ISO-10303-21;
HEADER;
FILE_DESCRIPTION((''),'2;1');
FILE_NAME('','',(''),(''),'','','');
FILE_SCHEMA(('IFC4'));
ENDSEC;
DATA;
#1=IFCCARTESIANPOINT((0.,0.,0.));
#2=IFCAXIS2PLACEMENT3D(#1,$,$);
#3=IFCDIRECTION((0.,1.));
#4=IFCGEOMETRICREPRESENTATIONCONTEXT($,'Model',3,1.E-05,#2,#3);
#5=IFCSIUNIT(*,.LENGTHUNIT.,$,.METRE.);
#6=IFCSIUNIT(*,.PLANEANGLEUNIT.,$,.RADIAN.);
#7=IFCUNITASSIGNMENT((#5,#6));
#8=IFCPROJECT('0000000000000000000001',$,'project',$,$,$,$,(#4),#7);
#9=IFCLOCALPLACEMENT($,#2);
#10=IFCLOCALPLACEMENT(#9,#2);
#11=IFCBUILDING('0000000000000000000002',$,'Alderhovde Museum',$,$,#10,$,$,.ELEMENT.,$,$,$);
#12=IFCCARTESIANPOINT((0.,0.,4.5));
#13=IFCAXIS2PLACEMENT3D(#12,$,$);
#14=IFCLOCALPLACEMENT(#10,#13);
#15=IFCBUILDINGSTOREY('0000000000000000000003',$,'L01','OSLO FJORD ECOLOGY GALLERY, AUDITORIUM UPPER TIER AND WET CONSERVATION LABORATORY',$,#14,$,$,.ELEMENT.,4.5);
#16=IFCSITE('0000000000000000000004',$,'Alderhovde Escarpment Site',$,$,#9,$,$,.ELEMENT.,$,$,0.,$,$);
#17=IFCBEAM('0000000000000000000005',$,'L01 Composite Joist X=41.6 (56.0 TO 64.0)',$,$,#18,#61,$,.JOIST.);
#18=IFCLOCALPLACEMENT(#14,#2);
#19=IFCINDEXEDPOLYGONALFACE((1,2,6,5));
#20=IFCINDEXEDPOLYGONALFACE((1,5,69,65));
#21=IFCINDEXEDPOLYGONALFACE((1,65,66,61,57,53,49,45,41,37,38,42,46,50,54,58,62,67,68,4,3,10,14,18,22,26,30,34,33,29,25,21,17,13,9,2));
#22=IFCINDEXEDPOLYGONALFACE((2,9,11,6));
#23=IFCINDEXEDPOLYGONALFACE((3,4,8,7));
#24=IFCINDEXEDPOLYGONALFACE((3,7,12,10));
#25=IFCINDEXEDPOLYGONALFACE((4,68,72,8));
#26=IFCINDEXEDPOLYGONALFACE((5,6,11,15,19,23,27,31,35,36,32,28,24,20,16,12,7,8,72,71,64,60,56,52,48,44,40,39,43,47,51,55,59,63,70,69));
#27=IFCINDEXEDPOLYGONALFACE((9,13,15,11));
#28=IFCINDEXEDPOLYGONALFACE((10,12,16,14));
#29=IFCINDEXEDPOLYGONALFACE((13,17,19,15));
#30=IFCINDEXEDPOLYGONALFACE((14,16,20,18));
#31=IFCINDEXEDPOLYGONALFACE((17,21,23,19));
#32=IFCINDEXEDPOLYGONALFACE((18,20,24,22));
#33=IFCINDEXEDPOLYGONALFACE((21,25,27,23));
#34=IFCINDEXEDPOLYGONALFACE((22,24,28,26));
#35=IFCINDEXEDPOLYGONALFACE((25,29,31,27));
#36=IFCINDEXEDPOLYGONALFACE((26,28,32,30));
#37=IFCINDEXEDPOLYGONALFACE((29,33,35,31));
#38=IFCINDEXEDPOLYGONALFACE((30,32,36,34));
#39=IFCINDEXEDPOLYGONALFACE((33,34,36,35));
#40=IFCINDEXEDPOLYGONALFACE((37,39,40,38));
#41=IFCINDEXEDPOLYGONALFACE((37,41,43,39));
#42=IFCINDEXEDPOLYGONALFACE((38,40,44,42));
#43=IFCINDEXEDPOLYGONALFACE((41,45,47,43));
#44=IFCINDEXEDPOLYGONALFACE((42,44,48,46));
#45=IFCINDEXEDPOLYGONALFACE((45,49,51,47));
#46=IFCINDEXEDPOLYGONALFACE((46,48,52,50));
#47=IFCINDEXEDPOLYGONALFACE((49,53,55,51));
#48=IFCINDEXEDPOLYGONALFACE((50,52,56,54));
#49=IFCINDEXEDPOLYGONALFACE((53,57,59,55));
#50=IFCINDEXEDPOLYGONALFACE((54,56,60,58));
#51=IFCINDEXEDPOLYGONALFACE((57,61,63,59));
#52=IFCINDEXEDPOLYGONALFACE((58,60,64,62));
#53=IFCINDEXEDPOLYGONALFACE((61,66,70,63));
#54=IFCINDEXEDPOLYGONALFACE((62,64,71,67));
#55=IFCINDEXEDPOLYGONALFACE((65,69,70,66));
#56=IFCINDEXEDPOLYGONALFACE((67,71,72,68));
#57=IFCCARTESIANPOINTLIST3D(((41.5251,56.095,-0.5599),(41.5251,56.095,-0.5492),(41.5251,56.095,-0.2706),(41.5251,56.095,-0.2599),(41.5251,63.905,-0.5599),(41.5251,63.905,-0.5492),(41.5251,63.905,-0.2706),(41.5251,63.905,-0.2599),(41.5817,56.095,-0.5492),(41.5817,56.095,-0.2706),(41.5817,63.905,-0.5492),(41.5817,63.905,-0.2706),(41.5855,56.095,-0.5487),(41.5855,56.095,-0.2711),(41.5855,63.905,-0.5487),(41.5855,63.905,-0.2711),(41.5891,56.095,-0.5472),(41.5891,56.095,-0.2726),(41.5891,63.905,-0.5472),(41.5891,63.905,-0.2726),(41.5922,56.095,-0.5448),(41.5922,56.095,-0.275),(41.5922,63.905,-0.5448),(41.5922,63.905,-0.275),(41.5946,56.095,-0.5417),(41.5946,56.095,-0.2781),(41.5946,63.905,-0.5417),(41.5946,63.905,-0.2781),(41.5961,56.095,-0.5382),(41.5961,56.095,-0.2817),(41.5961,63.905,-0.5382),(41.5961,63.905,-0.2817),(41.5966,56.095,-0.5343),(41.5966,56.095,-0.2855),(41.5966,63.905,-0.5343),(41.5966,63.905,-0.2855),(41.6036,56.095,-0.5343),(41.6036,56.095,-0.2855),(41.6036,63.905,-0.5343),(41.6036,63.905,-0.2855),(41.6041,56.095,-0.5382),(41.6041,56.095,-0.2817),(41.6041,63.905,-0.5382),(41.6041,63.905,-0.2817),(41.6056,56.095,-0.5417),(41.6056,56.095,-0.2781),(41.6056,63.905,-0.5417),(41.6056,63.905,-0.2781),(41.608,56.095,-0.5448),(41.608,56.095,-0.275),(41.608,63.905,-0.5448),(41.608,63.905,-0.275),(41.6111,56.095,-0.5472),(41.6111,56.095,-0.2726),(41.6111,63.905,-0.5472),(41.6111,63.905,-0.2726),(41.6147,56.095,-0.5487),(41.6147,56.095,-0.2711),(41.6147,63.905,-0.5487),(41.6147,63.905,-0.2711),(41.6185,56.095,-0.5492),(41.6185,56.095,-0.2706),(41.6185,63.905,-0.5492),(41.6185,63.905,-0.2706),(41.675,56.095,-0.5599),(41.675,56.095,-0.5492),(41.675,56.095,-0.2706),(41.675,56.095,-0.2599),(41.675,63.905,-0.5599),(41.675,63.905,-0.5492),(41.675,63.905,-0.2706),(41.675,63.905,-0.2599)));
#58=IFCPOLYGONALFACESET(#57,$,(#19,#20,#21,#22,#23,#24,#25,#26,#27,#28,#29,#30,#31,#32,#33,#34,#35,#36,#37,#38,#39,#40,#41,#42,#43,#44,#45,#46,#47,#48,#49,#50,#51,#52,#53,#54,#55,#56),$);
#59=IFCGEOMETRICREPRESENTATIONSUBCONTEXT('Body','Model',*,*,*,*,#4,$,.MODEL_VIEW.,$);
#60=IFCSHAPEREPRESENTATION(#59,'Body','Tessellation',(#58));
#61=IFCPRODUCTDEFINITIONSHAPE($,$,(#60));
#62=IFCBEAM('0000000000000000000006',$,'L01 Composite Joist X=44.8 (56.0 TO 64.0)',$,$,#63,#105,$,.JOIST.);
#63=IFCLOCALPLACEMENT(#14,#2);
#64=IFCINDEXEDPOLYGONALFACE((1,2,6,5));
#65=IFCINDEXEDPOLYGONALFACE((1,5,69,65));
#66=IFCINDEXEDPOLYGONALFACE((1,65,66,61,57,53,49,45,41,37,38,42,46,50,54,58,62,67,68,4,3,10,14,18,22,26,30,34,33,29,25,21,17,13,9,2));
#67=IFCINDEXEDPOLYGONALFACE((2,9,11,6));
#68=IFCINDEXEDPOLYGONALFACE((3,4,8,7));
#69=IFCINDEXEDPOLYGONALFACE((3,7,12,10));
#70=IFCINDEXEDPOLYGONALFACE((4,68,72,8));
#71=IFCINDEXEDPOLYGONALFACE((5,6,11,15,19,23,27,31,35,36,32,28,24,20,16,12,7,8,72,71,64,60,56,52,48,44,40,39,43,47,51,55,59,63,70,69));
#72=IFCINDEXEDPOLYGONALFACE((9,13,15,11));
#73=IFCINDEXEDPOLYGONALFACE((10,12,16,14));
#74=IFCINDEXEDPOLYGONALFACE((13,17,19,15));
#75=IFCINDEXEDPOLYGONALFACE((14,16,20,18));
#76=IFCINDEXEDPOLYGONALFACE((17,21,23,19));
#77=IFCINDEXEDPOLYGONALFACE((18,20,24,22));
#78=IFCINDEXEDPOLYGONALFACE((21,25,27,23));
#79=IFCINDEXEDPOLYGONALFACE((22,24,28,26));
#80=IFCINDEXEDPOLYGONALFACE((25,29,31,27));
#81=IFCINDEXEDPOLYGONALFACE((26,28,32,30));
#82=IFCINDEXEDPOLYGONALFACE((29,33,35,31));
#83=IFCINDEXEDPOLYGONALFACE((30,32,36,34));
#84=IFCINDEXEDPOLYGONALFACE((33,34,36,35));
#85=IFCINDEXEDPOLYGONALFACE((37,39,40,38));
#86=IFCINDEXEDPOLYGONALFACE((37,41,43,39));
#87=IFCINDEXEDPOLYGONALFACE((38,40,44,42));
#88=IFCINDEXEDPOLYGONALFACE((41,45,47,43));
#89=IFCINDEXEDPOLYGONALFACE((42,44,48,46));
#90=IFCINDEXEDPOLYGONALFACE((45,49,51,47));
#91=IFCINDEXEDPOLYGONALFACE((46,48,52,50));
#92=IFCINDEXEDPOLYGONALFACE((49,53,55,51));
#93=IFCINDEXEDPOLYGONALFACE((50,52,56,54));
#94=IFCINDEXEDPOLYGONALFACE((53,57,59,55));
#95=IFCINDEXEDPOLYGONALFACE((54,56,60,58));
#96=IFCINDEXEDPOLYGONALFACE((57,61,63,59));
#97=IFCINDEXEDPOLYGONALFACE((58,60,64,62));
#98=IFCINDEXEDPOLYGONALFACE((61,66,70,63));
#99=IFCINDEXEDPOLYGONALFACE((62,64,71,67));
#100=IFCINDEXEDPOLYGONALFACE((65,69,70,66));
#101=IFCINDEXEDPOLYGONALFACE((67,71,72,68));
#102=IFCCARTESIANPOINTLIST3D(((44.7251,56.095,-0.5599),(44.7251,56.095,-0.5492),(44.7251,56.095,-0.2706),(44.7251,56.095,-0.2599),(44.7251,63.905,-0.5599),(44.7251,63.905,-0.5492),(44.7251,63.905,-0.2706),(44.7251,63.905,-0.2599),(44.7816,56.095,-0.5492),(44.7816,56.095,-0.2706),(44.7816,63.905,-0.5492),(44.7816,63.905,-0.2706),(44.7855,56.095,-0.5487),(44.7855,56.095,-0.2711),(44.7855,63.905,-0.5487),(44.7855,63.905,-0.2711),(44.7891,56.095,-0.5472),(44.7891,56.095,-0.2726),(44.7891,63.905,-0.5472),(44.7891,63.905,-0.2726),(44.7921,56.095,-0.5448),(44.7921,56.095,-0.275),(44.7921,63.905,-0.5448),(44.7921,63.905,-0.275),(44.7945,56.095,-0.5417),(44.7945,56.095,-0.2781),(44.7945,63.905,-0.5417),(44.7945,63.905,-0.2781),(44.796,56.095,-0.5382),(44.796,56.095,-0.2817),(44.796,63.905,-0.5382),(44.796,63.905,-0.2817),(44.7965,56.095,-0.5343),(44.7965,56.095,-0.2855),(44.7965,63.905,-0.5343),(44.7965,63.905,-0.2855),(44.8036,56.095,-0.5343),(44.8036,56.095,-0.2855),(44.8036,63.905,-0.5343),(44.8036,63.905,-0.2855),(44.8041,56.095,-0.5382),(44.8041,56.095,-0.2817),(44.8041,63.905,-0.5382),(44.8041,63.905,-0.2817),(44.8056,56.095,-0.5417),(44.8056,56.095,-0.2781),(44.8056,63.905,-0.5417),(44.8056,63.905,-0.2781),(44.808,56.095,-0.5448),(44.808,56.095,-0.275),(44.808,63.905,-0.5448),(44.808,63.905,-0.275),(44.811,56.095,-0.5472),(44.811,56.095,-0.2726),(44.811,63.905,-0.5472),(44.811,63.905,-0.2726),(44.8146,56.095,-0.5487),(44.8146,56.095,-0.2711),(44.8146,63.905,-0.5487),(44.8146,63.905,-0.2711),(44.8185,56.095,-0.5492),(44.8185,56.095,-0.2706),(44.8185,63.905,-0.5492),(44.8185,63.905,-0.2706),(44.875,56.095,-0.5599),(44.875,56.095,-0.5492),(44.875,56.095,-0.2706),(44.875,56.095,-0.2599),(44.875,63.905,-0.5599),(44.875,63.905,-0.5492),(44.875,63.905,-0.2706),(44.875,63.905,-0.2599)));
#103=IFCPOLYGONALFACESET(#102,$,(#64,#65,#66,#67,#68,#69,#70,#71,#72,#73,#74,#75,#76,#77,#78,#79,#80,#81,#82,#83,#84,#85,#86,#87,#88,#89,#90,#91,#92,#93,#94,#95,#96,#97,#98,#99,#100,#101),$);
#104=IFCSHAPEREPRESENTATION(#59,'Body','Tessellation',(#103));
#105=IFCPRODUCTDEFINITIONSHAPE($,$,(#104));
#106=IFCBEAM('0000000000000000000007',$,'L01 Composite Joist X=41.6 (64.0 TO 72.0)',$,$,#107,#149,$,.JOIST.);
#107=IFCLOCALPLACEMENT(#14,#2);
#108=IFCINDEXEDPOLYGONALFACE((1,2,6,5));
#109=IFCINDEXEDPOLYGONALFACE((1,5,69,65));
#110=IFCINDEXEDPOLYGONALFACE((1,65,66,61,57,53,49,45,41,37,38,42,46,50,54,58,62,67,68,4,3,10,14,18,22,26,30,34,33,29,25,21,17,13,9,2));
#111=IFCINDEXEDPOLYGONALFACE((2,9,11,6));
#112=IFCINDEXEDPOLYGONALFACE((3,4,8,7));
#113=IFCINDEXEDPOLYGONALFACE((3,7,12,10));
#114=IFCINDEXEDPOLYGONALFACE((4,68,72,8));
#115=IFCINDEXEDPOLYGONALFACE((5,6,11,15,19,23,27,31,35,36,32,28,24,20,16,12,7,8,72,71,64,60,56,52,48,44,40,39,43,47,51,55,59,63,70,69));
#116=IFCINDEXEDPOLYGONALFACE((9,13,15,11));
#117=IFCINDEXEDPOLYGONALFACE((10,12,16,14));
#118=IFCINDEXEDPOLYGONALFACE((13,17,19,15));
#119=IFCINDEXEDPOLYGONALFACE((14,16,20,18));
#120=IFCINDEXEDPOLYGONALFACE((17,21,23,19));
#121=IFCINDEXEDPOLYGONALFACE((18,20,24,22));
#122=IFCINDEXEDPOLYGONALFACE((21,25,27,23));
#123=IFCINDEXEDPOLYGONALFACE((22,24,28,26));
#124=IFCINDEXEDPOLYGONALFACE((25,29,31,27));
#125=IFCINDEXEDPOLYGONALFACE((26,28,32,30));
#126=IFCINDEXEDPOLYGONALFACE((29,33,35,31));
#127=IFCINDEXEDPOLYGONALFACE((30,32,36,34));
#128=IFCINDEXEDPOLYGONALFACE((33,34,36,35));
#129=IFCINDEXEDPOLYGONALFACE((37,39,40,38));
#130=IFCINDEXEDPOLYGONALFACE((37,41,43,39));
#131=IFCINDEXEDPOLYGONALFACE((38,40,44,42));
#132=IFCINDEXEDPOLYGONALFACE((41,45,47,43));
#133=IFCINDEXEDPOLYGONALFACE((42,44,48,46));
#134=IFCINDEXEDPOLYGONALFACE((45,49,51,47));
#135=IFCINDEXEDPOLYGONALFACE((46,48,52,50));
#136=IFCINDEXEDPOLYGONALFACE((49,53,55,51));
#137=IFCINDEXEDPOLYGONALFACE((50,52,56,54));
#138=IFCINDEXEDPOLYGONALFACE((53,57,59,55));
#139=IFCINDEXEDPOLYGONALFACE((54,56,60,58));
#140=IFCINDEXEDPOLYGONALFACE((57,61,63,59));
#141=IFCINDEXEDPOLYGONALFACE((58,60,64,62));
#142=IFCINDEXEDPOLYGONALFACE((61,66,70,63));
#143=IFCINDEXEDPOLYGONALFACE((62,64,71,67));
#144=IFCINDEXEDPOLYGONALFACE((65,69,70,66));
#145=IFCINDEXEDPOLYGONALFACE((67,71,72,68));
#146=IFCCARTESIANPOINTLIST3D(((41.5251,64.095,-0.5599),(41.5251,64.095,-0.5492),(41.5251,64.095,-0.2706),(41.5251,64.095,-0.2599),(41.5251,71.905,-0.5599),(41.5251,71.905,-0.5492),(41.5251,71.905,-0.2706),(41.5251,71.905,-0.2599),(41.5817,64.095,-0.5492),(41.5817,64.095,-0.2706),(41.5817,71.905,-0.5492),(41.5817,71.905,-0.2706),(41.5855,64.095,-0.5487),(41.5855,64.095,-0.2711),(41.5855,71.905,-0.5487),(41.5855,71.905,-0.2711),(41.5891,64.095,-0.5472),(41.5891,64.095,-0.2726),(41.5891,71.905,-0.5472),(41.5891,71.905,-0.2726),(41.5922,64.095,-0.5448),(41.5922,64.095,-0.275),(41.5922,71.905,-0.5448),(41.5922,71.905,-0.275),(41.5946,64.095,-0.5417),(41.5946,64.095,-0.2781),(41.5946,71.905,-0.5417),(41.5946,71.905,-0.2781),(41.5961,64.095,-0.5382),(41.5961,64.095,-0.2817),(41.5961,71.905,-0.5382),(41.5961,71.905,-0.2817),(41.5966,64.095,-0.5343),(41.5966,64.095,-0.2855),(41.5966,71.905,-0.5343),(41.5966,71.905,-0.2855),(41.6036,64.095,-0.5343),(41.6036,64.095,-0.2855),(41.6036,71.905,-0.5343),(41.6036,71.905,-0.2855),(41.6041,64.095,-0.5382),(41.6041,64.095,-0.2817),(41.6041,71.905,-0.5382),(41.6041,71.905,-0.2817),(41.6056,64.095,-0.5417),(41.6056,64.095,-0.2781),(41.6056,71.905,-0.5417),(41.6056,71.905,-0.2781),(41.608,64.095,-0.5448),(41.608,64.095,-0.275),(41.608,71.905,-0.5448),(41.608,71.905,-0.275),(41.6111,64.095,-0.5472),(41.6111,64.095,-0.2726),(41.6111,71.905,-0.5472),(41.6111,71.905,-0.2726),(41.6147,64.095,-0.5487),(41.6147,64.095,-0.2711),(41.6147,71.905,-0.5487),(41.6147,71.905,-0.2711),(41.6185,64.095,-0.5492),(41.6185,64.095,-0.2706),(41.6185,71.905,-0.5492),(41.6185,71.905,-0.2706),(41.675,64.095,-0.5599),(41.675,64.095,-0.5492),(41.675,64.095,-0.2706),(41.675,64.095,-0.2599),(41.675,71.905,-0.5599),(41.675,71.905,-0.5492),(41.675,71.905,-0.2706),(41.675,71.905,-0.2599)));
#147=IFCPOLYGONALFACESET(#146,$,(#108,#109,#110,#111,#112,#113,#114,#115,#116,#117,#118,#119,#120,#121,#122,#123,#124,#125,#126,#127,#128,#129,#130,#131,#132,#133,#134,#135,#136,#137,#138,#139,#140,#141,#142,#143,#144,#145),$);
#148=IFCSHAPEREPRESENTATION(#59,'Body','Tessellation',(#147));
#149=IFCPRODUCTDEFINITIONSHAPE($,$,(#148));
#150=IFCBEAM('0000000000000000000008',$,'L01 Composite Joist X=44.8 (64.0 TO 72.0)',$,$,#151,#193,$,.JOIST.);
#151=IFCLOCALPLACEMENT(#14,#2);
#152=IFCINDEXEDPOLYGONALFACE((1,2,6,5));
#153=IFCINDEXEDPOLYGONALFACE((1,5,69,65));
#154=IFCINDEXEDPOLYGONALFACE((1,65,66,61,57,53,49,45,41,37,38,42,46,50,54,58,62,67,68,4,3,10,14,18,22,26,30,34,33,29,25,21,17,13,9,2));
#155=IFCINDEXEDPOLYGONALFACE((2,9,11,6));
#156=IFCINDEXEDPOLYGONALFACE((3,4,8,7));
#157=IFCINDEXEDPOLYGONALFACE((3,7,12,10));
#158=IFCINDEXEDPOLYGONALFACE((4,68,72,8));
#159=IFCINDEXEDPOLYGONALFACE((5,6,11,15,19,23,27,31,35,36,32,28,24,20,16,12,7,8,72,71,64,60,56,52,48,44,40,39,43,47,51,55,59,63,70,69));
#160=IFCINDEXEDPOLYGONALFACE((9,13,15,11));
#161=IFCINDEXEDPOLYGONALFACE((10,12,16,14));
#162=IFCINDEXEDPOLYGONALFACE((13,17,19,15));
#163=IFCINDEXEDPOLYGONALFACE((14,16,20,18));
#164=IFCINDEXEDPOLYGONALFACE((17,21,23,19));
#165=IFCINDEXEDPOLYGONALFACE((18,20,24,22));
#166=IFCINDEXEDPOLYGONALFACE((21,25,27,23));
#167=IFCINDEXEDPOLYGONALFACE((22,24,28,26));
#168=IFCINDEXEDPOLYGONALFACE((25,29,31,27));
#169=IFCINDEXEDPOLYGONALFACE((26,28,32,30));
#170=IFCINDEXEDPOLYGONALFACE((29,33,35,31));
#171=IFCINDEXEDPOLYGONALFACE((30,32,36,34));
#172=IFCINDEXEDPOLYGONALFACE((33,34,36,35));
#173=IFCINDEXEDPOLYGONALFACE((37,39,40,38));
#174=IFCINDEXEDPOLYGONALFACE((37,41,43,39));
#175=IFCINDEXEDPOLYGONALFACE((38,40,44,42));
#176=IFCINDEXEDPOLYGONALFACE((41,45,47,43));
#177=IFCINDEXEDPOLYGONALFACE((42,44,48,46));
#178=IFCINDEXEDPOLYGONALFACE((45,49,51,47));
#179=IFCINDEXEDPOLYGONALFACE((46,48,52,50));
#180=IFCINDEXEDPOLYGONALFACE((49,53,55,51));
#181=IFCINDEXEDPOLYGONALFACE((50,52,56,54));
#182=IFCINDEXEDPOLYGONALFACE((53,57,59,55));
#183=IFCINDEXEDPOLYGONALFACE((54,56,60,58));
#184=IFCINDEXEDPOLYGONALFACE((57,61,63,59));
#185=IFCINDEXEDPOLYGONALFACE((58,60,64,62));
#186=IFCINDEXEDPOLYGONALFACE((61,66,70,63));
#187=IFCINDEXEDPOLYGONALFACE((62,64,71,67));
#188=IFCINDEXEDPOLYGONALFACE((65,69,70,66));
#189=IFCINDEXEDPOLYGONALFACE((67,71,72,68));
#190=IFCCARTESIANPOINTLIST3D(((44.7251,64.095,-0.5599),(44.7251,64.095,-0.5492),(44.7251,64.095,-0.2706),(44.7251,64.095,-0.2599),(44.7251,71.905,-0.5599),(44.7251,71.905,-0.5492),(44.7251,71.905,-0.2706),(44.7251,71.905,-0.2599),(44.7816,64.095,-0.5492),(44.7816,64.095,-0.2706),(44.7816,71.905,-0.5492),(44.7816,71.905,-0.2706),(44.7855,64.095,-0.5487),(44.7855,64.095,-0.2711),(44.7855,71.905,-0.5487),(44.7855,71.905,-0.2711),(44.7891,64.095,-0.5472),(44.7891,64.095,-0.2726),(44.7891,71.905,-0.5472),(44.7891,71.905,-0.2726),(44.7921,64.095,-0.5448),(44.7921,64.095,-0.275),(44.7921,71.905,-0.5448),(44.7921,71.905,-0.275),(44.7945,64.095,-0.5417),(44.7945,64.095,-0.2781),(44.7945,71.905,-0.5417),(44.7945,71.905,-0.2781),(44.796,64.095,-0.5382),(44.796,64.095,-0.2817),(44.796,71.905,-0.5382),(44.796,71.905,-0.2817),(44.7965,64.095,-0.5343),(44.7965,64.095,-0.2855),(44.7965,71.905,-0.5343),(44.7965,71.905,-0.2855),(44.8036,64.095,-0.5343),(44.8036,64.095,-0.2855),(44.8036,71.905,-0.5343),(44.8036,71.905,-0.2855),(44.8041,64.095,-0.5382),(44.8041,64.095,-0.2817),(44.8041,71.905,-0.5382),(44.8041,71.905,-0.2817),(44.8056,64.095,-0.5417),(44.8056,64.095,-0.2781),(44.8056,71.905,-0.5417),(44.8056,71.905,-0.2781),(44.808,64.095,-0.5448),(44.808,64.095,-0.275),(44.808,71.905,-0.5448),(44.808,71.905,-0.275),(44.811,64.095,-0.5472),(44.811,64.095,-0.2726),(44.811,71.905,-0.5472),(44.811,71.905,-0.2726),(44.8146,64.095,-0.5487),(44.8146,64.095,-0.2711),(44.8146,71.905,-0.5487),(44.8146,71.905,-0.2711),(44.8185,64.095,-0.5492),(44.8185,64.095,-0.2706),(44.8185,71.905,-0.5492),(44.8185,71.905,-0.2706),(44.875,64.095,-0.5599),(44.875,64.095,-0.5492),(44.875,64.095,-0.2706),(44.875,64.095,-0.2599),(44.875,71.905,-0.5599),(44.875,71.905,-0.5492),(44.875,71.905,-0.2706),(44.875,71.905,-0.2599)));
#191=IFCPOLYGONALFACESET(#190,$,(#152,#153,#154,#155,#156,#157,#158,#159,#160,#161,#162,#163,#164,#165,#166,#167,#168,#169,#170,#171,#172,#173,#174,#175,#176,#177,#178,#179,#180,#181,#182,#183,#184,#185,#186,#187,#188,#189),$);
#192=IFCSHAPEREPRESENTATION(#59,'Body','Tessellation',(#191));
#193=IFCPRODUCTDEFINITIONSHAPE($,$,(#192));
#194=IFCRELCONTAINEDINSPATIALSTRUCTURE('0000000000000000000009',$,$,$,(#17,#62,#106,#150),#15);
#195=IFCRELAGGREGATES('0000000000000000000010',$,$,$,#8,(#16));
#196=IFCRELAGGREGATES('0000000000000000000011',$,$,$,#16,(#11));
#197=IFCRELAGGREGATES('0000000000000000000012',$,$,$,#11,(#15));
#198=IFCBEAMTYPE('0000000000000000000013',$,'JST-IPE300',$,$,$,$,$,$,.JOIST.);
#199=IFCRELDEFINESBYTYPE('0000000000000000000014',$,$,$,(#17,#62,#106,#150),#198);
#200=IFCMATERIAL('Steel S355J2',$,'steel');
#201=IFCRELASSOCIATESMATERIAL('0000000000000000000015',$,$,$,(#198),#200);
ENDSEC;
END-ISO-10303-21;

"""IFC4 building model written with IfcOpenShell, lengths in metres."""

from ifc_helpers import new_model, si_unit, direction, frame, origin, origin_2d, place, context, subcontext, project, spatial, i_section, extrude, material, material_profile, profile_set, type_object, element, save


model = new_model("IFC4")

# Units and contexts
model_context = context("Model", 3, precision=1e-05, world=origin(), true_north=direction((0.0, 1.0)))
body_context = subcontext(model_context, "Body", "Model", "MODEL_VIEW")
ifc_project = project(units=[si_unit("LENGTHUNIT", "METRE"), si_unit("PLANEANGLEUNIT", "RADIAN")], contexts=[model_context])

# Site, building, storey
site_placement = place(None, origin())
site = spatial("IfcSite", under=ifc_project, at=site_placement, Name="Alderhovde Escarpment Site", CompositionType="ELEMENT", RefElevation=0.0)
building_placement = place(site_placement, origin())
building = spatial("IfcBuilding", under=site, at=building_placement, Name="Alderhovde Museum", CompositionType="ELEMENT")
storey_placement = place(building_placement, frame((0.0, 0.0, 4.5)))
storey = spatial("IfcBuildingStorey", under=building, at=storey_placement, Name="L01", Description="OSLO FJORD ECOLOGY GALLERY, AUDITORIUM UPPER TIER AND WET CONSERVATION LABORATORY", CompositionType="ELEMENT", Elevation=4.5)

# Beams
ifc_material_1 = material(Name="Steel S355J2", Category="steel")
ifc_material_profile_1 = material_profile(ifc_material_1, i_section(OverallWidth=0.1499, OverallDepth=0.3, WebThickness=0.0071, FlangeThickness=0.0107, FilletRadius=0.0149, at=origin_2d()), Name="IPE 300")
ifc_profile_set_1 = profile_set([ifc_material_profile_1], Name="Steel S355J2")
beam_type_1 = type_object("IfcBeamType", Name="JST-IPE300", PredefinedType="JOIST", material=ifc_profile_set_1)
for number, where, z_axis, x_axis, name in (
    (1, (41.6001, 56.095, -0.4099), (0.0, 1.0, 0.0), (-1.0, 0.0, 0.0), "L01 Composite Joist X=41.6 (56.0 TO 64.0)"),
    (2, (44.8, 56.095, -0.4099), (0.0, 1.0, 0.0), (-1.0, 0.0, 0.0), "L01 Composite Joist X=44.8 (56.0 TO 64.0)"),
    (3, (41.6001, 64.095, -0.4099), (0.0, 1.0, 0.0), (-1.0, 0.0, 0.0), "L01 Composite Joist X=41.6 (64.0 TO 72.0)"),
    (4, (44.8, 64.095, -0.4099), (0.0, 1.0, 0.0), (-1.0, 0.0, 0.0), "L01 Composite Joist X=44.8 (64.0 TO 72.0)"),
):
    element("IfcBeam", number, at=place(storey_placement, frame(where, z_axis=z_axis, x_axis=x_axis)), inside=storey, type_object=beam_type_1, Name=name, PredefinedType="JOIST", context=body_context, shape_type="SweptSolid", body=[
        extrude(i_section(OverallWidth=0.1499, OverallDepth=0.3, WebThickness=0.0071, FlangeThickness=0.0107, FilletRadius=0.0149, at=origin_2d()), origin(), (0.0, 0.0, 1.0), 7.8101),
    ])

save(model, "model.ifc")
